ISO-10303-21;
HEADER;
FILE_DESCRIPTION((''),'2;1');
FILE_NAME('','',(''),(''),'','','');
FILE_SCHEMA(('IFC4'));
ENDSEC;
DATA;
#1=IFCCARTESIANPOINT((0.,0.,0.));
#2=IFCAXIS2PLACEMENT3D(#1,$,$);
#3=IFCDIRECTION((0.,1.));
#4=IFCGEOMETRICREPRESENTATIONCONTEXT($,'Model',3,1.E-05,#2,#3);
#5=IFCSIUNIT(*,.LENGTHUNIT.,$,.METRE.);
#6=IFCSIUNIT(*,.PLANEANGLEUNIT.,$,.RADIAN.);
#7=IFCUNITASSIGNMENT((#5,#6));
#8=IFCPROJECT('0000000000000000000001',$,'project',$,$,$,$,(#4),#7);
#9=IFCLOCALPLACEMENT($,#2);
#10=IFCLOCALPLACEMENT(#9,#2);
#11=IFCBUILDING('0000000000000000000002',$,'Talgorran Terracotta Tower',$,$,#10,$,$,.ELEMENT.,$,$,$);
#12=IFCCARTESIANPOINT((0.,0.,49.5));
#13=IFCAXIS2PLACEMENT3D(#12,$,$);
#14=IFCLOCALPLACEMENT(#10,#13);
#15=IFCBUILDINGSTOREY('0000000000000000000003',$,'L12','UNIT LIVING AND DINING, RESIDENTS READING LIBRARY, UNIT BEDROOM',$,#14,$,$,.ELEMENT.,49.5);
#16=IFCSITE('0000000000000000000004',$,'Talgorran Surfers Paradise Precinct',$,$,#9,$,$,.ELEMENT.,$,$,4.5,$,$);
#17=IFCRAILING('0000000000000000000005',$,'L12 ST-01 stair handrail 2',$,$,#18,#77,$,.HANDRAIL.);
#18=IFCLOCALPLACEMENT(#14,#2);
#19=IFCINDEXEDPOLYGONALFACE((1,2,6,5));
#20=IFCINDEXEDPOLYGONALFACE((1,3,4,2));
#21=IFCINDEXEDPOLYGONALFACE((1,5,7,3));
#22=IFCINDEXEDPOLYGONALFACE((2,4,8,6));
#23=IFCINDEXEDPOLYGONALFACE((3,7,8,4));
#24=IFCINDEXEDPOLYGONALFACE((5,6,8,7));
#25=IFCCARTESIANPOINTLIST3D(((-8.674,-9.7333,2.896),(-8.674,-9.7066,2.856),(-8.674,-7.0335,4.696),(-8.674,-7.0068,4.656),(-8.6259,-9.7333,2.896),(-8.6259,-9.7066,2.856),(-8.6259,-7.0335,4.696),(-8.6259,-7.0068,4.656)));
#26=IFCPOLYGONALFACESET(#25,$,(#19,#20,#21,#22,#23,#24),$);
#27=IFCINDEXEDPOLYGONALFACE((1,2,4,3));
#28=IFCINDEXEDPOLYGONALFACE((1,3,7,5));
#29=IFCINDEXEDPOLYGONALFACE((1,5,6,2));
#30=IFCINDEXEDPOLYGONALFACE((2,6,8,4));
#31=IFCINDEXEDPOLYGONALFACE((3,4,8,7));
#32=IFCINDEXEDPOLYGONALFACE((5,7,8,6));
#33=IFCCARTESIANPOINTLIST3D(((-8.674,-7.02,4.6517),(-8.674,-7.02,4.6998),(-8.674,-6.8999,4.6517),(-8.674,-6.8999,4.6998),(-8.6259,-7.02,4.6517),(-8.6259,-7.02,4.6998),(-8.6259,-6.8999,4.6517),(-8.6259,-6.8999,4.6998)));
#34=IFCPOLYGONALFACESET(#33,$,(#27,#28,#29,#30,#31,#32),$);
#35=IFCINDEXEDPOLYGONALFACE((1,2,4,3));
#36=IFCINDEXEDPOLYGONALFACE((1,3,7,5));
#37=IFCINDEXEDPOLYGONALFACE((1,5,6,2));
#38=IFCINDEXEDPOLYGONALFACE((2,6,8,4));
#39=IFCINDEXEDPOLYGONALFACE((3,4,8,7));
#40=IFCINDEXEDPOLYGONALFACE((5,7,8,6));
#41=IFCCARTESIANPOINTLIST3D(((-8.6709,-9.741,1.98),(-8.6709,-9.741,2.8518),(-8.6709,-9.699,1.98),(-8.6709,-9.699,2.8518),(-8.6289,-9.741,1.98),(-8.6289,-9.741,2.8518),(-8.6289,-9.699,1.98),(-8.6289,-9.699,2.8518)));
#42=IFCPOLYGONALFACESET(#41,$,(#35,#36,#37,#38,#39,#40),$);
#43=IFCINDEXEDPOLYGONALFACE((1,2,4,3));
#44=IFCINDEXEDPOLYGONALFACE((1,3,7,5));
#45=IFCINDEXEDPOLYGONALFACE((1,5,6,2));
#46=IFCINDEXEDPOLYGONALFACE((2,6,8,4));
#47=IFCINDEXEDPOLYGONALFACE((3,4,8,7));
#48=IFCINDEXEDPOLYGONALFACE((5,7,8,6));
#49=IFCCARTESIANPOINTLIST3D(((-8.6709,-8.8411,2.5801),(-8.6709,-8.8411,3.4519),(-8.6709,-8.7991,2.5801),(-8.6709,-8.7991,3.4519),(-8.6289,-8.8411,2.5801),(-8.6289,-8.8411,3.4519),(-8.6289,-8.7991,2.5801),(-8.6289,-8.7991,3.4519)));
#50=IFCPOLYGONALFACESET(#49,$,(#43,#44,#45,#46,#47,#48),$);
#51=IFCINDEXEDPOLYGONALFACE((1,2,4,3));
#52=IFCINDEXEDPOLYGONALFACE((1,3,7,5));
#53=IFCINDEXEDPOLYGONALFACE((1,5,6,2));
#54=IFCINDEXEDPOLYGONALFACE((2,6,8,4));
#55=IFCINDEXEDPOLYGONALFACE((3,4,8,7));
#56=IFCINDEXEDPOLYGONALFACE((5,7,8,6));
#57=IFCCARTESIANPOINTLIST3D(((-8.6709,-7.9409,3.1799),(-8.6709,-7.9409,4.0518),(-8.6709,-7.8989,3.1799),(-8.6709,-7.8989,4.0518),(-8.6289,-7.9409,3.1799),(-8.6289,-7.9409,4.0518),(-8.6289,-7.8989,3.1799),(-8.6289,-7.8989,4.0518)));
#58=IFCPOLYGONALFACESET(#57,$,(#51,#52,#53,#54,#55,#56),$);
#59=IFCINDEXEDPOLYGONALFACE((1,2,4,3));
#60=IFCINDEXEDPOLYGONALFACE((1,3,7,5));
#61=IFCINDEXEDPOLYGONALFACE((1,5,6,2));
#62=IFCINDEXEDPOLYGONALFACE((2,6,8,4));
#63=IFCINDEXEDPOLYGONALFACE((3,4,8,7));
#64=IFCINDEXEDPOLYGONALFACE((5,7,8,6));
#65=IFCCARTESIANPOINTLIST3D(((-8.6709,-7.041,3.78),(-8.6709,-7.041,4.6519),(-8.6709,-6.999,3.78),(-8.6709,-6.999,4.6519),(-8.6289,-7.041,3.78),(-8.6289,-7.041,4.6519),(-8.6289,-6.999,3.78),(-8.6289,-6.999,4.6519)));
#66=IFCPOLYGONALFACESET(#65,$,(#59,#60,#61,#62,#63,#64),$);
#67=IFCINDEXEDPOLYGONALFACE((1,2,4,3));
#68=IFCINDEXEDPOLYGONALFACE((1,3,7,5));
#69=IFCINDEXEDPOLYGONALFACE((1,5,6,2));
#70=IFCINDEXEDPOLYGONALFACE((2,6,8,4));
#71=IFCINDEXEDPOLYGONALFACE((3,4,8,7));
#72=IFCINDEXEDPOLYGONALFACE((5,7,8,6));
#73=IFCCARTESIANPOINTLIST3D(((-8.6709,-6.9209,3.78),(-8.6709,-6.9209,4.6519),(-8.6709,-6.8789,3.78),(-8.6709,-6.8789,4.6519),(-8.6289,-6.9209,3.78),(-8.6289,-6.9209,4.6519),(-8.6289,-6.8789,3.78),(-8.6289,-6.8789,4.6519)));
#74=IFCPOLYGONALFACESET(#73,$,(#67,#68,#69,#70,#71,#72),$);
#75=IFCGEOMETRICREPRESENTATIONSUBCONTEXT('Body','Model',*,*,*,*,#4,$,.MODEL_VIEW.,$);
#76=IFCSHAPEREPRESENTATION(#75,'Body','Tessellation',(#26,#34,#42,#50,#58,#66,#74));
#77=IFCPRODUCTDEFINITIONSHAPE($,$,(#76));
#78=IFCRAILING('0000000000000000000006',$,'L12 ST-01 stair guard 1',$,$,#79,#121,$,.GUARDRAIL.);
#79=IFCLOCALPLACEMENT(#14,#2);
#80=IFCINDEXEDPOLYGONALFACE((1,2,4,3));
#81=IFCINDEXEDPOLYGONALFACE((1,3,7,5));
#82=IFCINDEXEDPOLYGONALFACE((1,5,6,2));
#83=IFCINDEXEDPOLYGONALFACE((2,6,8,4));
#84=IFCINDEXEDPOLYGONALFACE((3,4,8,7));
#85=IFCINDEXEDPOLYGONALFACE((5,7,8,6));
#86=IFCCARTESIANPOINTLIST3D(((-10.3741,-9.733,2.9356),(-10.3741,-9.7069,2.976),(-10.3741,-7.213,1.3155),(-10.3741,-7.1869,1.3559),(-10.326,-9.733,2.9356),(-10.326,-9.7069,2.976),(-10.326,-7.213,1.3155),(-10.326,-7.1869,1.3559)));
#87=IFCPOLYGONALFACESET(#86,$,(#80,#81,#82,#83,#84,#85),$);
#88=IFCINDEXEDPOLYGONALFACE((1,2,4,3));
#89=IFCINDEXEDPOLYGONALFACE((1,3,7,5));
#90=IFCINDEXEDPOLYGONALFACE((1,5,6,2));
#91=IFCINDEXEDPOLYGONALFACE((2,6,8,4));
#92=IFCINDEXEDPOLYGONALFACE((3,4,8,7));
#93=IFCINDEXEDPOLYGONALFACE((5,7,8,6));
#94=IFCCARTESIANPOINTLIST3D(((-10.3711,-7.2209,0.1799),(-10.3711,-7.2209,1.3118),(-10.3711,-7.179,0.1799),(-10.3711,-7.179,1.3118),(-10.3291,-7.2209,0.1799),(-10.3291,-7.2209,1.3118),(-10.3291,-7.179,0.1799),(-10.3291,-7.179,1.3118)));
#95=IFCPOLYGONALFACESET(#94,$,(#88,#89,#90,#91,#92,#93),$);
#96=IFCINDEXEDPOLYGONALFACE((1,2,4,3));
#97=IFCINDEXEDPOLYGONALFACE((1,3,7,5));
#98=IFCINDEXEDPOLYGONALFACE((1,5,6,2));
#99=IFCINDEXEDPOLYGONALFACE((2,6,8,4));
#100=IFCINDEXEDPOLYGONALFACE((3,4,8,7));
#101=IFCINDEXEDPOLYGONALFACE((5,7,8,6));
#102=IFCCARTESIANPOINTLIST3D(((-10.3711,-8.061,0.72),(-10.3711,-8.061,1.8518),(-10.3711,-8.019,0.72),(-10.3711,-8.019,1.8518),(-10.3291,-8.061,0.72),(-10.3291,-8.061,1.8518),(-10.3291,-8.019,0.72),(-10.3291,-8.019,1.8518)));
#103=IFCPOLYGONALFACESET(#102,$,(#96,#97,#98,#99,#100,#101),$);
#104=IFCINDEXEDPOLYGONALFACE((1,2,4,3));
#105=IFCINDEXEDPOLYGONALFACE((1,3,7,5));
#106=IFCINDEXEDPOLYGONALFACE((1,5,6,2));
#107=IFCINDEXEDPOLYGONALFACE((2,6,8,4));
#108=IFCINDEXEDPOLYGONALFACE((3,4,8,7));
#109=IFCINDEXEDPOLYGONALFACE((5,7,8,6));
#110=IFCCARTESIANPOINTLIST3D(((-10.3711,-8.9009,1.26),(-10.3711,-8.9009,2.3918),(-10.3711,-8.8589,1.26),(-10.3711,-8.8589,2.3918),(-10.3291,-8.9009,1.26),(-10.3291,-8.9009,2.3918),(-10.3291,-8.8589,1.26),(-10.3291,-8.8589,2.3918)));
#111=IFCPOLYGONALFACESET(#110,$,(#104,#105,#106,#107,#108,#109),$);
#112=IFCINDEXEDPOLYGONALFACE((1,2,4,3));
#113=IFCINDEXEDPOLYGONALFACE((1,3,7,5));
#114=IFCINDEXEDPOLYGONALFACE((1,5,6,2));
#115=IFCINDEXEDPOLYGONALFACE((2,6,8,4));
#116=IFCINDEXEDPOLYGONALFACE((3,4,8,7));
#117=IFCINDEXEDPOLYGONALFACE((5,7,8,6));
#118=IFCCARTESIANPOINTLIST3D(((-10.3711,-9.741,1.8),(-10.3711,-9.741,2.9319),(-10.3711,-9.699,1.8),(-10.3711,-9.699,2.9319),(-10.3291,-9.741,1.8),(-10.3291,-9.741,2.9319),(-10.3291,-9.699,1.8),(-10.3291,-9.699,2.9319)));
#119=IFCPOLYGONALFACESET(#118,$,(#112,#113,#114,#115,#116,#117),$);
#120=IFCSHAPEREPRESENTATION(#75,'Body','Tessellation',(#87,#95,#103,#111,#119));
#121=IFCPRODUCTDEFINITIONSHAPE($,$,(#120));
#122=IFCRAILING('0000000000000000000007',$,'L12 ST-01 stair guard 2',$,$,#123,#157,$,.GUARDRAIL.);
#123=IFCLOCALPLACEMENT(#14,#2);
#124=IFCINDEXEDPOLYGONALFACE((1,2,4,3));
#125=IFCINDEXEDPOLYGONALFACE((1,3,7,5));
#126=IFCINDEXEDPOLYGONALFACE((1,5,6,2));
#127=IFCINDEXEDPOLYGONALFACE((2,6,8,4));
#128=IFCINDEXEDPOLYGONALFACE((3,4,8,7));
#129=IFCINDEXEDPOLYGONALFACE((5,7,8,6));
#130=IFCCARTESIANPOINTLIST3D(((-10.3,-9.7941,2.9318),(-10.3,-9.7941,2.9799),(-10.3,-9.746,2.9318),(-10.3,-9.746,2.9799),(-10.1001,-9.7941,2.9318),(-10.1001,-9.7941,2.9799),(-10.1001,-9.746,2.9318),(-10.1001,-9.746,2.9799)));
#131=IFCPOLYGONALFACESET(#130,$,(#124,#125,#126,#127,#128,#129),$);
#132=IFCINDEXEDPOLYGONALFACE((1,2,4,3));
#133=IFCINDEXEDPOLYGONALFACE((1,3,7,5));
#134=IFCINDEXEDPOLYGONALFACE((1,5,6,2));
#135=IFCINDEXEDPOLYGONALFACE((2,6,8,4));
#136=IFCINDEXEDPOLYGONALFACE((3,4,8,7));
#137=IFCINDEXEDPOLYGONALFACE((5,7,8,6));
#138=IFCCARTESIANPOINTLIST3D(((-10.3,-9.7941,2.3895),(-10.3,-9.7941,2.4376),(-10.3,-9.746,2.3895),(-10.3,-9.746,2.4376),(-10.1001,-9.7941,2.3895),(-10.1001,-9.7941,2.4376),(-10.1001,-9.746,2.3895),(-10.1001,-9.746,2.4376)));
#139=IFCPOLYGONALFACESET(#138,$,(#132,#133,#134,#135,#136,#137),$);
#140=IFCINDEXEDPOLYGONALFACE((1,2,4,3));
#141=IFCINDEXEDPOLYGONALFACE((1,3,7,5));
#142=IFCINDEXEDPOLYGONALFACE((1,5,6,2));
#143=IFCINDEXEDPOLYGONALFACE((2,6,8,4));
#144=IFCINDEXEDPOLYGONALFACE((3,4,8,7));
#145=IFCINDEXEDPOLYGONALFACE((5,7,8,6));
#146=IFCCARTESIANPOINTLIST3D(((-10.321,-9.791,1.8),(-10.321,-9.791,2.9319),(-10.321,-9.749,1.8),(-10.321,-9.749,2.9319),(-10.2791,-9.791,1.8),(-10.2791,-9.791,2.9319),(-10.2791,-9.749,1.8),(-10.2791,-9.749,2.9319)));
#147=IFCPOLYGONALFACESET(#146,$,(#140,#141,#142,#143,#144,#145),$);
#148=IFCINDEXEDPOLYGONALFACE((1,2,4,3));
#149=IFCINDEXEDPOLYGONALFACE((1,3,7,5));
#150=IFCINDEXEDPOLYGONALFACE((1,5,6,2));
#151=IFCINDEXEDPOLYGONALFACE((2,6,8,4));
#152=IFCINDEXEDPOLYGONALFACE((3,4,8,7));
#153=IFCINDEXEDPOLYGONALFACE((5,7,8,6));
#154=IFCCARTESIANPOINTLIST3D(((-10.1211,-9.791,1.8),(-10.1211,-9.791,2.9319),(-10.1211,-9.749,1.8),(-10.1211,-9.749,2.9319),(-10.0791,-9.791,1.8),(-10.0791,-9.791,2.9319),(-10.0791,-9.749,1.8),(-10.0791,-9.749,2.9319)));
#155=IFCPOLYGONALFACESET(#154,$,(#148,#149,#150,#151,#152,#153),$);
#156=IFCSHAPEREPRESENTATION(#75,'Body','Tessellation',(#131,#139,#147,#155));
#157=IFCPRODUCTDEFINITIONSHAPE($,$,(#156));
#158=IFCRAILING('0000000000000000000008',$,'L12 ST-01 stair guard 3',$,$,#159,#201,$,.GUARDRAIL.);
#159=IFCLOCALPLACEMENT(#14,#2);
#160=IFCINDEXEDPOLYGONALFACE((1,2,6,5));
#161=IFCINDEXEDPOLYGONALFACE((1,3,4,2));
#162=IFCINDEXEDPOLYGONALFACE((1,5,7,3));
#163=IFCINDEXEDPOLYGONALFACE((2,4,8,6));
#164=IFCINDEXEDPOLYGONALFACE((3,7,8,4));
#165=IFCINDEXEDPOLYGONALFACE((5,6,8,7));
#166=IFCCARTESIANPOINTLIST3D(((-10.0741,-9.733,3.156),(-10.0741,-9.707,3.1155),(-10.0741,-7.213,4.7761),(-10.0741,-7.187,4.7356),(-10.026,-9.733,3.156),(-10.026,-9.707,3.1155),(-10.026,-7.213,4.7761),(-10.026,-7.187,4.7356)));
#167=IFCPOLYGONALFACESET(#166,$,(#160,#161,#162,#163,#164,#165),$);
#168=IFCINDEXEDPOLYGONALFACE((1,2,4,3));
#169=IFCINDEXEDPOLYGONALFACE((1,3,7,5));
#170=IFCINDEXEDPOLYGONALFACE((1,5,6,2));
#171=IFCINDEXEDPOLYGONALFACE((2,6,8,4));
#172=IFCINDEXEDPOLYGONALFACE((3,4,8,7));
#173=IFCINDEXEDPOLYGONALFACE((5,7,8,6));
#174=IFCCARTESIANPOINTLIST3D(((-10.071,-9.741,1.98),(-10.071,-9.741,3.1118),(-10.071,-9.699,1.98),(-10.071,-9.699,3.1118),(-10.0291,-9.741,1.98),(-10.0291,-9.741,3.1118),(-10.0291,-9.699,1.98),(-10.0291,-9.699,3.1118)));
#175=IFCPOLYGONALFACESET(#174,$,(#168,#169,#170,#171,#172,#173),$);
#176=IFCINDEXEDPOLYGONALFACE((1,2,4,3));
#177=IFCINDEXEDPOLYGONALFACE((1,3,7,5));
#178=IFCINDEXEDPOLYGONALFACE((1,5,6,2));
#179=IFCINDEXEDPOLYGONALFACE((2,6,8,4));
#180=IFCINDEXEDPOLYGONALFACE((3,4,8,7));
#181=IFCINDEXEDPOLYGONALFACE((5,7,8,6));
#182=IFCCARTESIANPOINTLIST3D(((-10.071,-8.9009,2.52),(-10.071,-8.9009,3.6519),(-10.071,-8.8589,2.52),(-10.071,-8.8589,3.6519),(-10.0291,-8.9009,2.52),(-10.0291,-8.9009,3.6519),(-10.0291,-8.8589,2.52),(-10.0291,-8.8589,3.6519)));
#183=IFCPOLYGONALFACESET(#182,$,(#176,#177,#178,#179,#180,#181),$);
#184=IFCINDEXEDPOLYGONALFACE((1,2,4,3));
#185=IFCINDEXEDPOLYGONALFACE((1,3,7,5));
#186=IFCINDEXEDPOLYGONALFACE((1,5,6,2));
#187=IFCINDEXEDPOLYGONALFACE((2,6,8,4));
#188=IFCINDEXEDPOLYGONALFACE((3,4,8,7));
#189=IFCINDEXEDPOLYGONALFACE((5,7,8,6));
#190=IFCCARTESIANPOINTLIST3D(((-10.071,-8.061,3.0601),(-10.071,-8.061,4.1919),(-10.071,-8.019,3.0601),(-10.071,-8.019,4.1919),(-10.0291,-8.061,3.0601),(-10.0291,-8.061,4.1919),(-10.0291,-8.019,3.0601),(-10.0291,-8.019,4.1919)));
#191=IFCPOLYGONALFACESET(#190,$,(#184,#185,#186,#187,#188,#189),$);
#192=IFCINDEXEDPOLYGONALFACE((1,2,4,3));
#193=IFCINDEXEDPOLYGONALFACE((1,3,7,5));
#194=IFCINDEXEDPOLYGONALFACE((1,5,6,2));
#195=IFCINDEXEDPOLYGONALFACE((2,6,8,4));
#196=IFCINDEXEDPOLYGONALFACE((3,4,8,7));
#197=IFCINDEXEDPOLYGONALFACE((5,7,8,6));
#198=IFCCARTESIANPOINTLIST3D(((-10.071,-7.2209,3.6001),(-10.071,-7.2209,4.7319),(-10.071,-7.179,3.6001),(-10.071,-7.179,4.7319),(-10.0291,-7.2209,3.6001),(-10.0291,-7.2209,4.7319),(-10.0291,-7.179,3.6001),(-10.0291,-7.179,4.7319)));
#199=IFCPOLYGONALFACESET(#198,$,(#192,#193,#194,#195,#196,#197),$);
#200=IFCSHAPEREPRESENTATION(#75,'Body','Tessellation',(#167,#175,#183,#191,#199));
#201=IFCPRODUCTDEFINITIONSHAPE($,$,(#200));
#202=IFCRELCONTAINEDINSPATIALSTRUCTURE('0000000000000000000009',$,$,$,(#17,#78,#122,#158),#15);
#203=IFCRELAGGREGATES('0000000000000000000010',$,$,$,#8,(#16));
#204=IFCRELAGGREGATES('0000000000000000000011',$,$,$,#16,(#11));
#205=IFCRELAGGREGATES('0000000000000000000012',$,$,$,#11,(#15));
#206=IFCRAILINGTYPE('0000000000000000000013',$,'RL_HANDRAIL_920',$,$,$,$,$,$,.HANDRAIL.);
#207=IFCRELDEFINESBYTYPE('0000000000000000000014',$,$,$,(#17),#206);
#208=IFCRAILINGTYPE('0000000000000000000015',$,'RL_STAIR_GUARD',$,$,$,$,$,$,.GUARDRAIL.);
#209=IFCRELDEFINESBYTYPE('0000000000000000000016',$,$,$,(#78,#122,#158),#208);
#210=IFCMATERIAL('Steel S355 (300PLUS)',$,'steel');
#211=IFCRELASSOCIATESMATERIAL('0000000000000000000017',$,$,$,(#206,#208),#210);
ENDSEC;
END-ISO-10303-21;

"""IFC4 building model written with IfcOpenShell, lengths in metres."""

from ifc_helpers import new_model, si_unit, direction, frame, origin, origin_2d, place, context, subcontext, project, spatial, rectangle, extrude, material, type_object, element, save


model = new_model("IFC4")

# Units and contexts
model_context = context("Model", 3, precision=1e-05, world=origin(), true_north=direction((0.0, 1.0)))
body_context = subcontext(model_context, "Body", "Model", "MODEL_VIEW")
ifc_project = project(units=[si_unit("LENGTHUNIT", "METRE"), si_unit("PLANEANGLEUNIT", "RADIAN")], contexts=[model_context])

# Site, building, storey
site_placement = place(None, origin())
site = spatial("IfcSite", under=ifc_project, at=site_placement, Name="Talgorran Surfers Paradise Precinct", CompositionType="ELEMENT", RefElevation=4.5)
building_placement = place(site_placement, origin())
building = spatial("IfcBuilding", under=site, at=building_placement, Name="Talgorran Terracotta Tower", CompositionType="ELEMENT")
storey_placement = place(building_placement, frame((0.0, 0.0, 49.5)))
storey = spatial("IfcBuildingStorey", under=building, at=storey_placement, Name="L12", Description="UNIT LIVING AND DINING, RESIDENTS READING LIBRARY, UNIT BEDROOM", CompositionType="ELEMENT", Elevation=49.5)

# Railings
ifc_material_1 = material(Name="Steel S355 (300PLUS)", Category="steel")
railing_type_1 = type_object("IfcRailingType", Name="RL_HANDRAIL_920", PredefinedType="HANDRAIL", material=ifc_material_1)
railing_1_placement = place(storey_placement, frame((-8.6499, -9.72, 1.98)))
element("IfcRailing", 1, at=railing_1_placement, inside=storey, type_object=railing_type_1, Name="L12 ST-01 stair handrail 2", PredefinedType="HANDRAIL", context=body_context, shape_type="SweptSolid", body=[
    extrude(rectangle(XDim=0.0481, YDim=0.0481, at=origin_2d()), frame((0.0, 0.0, 0.896), z_axis=(0.0, 0.832039, 0.554718), x_axis=(-1.0, 0.0, 0.0)), (0.0, 0.0, 1.0), 3.2449),
    extrude(rectangle(XDim=0.0481, YDim=0.0481, at=origin_2d()), frame((0.0, 2.7, 2.6958), z_axis=(0.0, 1.0, 0.0), x_axis=(-1.0, 0.0, 0.0)), (0.0, 0.0, 1.0), 0.1201),
    extrude(rectangle(XDim=0.042, YDim=0.042, at=origin_2d()), origin(), (0.0, 0.0, 1.0), 0.8718),
    extrude(rectangle(XDim=0.042, YDim=0.042, at=origin_2d()), frame((0.0, 0.8999, 0.6001)), (0.0, 0.0, 1.0), 0.8718),
    extrude(rectangle(XDim=0.042, YDim=0.042, at=origin_2d()), frame((0.0, 1.8, 1.2)), (0.0, 0.0, 1.0), 0.8718),
    extrude(rectangle(XDim=0.042, YDim=0.042, at=origin_2d()), frame((0.0, 2.7, 1.8)), (0.0, 0.0, 1.0), 0.8718),
    extrude(rectangle(XDim=0.042, YDim=0.042, at=origin_2d()), frame((0.0, 2.8201, 1.8)), (0.0, 0.0, 1.0), 0.8718),
])
railing_type_2 = type_object("IfcRailingType", Name="RL_STAIR_GUARD", PredefinedType="GUARDRAIL", material=ifc_material_1)
railing_2_placement = place(storey_placement, frame((-10.3501, -7.2, 0.1799)))
element("IfcRailing", 2, at=railing_2_placement, inside=storey, type_object=railing_type_2, Name="L12 ST-01 stair guard 1", PredefinedType="GUARDRAIL", context=body_context, shape_type="SweptSolid", body=[
    extrude(rectangle(XDim=0.0481, YDim=0.0481, at=origin_2d()), frame((0.0, 0.0, 1.1558), z_axis=(0.0, -0.841163, 0.540782), x_axis=(1.0, 0.0, 0.0)), (0.0, 0.0, 1.0), 2.9958),
    extrude(rectangle(XDim=0.042, YDim=0.042, at=origin_2d()), origin(), (0.0, 0.0, 1.0), 1.1318),
    extrude(rectangle(XDim=0.042, YDim=0.042, at=origin_2d()), frame((0.0, -0.8401, 0.54)), (0.0, 0.0, 1.0), 1.1318),
    extrude(rectangle(XDim=0.042, YDim=0.042, at=origin_2d()), frame((0.0, -1.6799, 1.0801)), (0.0, 0.0, 1.0), 1.1318),
    extrude(rectangle(XDim=0.042, YDim=0.042, at=origin_2d()), frame((0.0, -2.52, 1.6201)), (0.0, 0.0, 1.0), 1.1318),
])
railing_3_placement = place(storey_placement, frame((-10.3, -9.77, 1.8)))
element("IfcRailing", 3, at=railing_3_placement, inside=storey, type_object=railing_type_2, Name="L12 ST-01 stair guard 2", PredefinedType="GUARDRAIL", context=body_context, shape_type="SweptSolid", body=[
    extrude(rectangle(XDim=0.0481, YDim=0.0481, at=origin_2d()), frame((0.0, 0.0, 1.1558), z_axis=(1.0, 0.0, 0.0), x_axis=(0.0, 1.0, 0.0)), (0.0, 0.0, 1.0), 0.2),
    extrude(rectangle(XDim=0.0481, YDim=0.0481, at=origin_2d()), frame((0.0, 0.0, 0.6135), z_axis=(1.0, 0.0, 0.0), x_axis=(0.0, 1.0, 0.0)), (0.0, 0.0, 1.0), 0.2),
    extrude(rectangle(XDim=0.042, YDim=0.042, at=origin_2d()), origin(), (0.0, 0.0, 1.0), 1.1318),
    extrude(rectangle(XDim=0.042, YDim=0.042, at=origin_2d()), frame((0.2, 0.0, 0.0)), (0.0, 0.0, 1.0), 1.1318),
])
railing_4_placement = place(storey_placement, frame((-10.05, -9.72, 1.98)))
element("IfcRailing", 4, at=railing_4_placement, inside=storey, type_object=railing_type_2, Name="L12 ST-01 stair guard 3", PredefinedType="GUARDRAIL", context=body_context, shape_type="SweptSolid", body=[
    extrude(rectangle(XDim=0.0481, YDim=0.0481, at=origin_2d()), frame((0.0, 0.0, 1.1558), z_axis=(0.0, 0.841163, 0.540782), x_axis=(-1.0, 0.0, 0.0)), (0.0, 0.0, 1.0), 2.9958),
    extrude(rectangle(XDim=0.042, YDim=0.042, at=origin_2d()), origin(), (0.0, 0.0, 1.0), 1.1318),
    extrude(rectangle(XDim=0.042, YDim=0.042, at=origin_2d()), frame((0.0, 0.8401, 0.54)), (0.0, 0.0, 1.0), 1.1318),
    extrude(rectangle(XDim=0.042, YDim=0.042, at=origin_2d()), frame((0.0, 1.6799, 1.0801)), (0.0, 0.0, 1.0), 1.1318),
    extrude(rectangle(XDim=0.042, YDim=0.042, at=origin_2d()), frame((0.0, 2.52, 1.6201)), (0.0, 0.0, 1.0), 1.1318),
])

save(model, "model.ifc")
